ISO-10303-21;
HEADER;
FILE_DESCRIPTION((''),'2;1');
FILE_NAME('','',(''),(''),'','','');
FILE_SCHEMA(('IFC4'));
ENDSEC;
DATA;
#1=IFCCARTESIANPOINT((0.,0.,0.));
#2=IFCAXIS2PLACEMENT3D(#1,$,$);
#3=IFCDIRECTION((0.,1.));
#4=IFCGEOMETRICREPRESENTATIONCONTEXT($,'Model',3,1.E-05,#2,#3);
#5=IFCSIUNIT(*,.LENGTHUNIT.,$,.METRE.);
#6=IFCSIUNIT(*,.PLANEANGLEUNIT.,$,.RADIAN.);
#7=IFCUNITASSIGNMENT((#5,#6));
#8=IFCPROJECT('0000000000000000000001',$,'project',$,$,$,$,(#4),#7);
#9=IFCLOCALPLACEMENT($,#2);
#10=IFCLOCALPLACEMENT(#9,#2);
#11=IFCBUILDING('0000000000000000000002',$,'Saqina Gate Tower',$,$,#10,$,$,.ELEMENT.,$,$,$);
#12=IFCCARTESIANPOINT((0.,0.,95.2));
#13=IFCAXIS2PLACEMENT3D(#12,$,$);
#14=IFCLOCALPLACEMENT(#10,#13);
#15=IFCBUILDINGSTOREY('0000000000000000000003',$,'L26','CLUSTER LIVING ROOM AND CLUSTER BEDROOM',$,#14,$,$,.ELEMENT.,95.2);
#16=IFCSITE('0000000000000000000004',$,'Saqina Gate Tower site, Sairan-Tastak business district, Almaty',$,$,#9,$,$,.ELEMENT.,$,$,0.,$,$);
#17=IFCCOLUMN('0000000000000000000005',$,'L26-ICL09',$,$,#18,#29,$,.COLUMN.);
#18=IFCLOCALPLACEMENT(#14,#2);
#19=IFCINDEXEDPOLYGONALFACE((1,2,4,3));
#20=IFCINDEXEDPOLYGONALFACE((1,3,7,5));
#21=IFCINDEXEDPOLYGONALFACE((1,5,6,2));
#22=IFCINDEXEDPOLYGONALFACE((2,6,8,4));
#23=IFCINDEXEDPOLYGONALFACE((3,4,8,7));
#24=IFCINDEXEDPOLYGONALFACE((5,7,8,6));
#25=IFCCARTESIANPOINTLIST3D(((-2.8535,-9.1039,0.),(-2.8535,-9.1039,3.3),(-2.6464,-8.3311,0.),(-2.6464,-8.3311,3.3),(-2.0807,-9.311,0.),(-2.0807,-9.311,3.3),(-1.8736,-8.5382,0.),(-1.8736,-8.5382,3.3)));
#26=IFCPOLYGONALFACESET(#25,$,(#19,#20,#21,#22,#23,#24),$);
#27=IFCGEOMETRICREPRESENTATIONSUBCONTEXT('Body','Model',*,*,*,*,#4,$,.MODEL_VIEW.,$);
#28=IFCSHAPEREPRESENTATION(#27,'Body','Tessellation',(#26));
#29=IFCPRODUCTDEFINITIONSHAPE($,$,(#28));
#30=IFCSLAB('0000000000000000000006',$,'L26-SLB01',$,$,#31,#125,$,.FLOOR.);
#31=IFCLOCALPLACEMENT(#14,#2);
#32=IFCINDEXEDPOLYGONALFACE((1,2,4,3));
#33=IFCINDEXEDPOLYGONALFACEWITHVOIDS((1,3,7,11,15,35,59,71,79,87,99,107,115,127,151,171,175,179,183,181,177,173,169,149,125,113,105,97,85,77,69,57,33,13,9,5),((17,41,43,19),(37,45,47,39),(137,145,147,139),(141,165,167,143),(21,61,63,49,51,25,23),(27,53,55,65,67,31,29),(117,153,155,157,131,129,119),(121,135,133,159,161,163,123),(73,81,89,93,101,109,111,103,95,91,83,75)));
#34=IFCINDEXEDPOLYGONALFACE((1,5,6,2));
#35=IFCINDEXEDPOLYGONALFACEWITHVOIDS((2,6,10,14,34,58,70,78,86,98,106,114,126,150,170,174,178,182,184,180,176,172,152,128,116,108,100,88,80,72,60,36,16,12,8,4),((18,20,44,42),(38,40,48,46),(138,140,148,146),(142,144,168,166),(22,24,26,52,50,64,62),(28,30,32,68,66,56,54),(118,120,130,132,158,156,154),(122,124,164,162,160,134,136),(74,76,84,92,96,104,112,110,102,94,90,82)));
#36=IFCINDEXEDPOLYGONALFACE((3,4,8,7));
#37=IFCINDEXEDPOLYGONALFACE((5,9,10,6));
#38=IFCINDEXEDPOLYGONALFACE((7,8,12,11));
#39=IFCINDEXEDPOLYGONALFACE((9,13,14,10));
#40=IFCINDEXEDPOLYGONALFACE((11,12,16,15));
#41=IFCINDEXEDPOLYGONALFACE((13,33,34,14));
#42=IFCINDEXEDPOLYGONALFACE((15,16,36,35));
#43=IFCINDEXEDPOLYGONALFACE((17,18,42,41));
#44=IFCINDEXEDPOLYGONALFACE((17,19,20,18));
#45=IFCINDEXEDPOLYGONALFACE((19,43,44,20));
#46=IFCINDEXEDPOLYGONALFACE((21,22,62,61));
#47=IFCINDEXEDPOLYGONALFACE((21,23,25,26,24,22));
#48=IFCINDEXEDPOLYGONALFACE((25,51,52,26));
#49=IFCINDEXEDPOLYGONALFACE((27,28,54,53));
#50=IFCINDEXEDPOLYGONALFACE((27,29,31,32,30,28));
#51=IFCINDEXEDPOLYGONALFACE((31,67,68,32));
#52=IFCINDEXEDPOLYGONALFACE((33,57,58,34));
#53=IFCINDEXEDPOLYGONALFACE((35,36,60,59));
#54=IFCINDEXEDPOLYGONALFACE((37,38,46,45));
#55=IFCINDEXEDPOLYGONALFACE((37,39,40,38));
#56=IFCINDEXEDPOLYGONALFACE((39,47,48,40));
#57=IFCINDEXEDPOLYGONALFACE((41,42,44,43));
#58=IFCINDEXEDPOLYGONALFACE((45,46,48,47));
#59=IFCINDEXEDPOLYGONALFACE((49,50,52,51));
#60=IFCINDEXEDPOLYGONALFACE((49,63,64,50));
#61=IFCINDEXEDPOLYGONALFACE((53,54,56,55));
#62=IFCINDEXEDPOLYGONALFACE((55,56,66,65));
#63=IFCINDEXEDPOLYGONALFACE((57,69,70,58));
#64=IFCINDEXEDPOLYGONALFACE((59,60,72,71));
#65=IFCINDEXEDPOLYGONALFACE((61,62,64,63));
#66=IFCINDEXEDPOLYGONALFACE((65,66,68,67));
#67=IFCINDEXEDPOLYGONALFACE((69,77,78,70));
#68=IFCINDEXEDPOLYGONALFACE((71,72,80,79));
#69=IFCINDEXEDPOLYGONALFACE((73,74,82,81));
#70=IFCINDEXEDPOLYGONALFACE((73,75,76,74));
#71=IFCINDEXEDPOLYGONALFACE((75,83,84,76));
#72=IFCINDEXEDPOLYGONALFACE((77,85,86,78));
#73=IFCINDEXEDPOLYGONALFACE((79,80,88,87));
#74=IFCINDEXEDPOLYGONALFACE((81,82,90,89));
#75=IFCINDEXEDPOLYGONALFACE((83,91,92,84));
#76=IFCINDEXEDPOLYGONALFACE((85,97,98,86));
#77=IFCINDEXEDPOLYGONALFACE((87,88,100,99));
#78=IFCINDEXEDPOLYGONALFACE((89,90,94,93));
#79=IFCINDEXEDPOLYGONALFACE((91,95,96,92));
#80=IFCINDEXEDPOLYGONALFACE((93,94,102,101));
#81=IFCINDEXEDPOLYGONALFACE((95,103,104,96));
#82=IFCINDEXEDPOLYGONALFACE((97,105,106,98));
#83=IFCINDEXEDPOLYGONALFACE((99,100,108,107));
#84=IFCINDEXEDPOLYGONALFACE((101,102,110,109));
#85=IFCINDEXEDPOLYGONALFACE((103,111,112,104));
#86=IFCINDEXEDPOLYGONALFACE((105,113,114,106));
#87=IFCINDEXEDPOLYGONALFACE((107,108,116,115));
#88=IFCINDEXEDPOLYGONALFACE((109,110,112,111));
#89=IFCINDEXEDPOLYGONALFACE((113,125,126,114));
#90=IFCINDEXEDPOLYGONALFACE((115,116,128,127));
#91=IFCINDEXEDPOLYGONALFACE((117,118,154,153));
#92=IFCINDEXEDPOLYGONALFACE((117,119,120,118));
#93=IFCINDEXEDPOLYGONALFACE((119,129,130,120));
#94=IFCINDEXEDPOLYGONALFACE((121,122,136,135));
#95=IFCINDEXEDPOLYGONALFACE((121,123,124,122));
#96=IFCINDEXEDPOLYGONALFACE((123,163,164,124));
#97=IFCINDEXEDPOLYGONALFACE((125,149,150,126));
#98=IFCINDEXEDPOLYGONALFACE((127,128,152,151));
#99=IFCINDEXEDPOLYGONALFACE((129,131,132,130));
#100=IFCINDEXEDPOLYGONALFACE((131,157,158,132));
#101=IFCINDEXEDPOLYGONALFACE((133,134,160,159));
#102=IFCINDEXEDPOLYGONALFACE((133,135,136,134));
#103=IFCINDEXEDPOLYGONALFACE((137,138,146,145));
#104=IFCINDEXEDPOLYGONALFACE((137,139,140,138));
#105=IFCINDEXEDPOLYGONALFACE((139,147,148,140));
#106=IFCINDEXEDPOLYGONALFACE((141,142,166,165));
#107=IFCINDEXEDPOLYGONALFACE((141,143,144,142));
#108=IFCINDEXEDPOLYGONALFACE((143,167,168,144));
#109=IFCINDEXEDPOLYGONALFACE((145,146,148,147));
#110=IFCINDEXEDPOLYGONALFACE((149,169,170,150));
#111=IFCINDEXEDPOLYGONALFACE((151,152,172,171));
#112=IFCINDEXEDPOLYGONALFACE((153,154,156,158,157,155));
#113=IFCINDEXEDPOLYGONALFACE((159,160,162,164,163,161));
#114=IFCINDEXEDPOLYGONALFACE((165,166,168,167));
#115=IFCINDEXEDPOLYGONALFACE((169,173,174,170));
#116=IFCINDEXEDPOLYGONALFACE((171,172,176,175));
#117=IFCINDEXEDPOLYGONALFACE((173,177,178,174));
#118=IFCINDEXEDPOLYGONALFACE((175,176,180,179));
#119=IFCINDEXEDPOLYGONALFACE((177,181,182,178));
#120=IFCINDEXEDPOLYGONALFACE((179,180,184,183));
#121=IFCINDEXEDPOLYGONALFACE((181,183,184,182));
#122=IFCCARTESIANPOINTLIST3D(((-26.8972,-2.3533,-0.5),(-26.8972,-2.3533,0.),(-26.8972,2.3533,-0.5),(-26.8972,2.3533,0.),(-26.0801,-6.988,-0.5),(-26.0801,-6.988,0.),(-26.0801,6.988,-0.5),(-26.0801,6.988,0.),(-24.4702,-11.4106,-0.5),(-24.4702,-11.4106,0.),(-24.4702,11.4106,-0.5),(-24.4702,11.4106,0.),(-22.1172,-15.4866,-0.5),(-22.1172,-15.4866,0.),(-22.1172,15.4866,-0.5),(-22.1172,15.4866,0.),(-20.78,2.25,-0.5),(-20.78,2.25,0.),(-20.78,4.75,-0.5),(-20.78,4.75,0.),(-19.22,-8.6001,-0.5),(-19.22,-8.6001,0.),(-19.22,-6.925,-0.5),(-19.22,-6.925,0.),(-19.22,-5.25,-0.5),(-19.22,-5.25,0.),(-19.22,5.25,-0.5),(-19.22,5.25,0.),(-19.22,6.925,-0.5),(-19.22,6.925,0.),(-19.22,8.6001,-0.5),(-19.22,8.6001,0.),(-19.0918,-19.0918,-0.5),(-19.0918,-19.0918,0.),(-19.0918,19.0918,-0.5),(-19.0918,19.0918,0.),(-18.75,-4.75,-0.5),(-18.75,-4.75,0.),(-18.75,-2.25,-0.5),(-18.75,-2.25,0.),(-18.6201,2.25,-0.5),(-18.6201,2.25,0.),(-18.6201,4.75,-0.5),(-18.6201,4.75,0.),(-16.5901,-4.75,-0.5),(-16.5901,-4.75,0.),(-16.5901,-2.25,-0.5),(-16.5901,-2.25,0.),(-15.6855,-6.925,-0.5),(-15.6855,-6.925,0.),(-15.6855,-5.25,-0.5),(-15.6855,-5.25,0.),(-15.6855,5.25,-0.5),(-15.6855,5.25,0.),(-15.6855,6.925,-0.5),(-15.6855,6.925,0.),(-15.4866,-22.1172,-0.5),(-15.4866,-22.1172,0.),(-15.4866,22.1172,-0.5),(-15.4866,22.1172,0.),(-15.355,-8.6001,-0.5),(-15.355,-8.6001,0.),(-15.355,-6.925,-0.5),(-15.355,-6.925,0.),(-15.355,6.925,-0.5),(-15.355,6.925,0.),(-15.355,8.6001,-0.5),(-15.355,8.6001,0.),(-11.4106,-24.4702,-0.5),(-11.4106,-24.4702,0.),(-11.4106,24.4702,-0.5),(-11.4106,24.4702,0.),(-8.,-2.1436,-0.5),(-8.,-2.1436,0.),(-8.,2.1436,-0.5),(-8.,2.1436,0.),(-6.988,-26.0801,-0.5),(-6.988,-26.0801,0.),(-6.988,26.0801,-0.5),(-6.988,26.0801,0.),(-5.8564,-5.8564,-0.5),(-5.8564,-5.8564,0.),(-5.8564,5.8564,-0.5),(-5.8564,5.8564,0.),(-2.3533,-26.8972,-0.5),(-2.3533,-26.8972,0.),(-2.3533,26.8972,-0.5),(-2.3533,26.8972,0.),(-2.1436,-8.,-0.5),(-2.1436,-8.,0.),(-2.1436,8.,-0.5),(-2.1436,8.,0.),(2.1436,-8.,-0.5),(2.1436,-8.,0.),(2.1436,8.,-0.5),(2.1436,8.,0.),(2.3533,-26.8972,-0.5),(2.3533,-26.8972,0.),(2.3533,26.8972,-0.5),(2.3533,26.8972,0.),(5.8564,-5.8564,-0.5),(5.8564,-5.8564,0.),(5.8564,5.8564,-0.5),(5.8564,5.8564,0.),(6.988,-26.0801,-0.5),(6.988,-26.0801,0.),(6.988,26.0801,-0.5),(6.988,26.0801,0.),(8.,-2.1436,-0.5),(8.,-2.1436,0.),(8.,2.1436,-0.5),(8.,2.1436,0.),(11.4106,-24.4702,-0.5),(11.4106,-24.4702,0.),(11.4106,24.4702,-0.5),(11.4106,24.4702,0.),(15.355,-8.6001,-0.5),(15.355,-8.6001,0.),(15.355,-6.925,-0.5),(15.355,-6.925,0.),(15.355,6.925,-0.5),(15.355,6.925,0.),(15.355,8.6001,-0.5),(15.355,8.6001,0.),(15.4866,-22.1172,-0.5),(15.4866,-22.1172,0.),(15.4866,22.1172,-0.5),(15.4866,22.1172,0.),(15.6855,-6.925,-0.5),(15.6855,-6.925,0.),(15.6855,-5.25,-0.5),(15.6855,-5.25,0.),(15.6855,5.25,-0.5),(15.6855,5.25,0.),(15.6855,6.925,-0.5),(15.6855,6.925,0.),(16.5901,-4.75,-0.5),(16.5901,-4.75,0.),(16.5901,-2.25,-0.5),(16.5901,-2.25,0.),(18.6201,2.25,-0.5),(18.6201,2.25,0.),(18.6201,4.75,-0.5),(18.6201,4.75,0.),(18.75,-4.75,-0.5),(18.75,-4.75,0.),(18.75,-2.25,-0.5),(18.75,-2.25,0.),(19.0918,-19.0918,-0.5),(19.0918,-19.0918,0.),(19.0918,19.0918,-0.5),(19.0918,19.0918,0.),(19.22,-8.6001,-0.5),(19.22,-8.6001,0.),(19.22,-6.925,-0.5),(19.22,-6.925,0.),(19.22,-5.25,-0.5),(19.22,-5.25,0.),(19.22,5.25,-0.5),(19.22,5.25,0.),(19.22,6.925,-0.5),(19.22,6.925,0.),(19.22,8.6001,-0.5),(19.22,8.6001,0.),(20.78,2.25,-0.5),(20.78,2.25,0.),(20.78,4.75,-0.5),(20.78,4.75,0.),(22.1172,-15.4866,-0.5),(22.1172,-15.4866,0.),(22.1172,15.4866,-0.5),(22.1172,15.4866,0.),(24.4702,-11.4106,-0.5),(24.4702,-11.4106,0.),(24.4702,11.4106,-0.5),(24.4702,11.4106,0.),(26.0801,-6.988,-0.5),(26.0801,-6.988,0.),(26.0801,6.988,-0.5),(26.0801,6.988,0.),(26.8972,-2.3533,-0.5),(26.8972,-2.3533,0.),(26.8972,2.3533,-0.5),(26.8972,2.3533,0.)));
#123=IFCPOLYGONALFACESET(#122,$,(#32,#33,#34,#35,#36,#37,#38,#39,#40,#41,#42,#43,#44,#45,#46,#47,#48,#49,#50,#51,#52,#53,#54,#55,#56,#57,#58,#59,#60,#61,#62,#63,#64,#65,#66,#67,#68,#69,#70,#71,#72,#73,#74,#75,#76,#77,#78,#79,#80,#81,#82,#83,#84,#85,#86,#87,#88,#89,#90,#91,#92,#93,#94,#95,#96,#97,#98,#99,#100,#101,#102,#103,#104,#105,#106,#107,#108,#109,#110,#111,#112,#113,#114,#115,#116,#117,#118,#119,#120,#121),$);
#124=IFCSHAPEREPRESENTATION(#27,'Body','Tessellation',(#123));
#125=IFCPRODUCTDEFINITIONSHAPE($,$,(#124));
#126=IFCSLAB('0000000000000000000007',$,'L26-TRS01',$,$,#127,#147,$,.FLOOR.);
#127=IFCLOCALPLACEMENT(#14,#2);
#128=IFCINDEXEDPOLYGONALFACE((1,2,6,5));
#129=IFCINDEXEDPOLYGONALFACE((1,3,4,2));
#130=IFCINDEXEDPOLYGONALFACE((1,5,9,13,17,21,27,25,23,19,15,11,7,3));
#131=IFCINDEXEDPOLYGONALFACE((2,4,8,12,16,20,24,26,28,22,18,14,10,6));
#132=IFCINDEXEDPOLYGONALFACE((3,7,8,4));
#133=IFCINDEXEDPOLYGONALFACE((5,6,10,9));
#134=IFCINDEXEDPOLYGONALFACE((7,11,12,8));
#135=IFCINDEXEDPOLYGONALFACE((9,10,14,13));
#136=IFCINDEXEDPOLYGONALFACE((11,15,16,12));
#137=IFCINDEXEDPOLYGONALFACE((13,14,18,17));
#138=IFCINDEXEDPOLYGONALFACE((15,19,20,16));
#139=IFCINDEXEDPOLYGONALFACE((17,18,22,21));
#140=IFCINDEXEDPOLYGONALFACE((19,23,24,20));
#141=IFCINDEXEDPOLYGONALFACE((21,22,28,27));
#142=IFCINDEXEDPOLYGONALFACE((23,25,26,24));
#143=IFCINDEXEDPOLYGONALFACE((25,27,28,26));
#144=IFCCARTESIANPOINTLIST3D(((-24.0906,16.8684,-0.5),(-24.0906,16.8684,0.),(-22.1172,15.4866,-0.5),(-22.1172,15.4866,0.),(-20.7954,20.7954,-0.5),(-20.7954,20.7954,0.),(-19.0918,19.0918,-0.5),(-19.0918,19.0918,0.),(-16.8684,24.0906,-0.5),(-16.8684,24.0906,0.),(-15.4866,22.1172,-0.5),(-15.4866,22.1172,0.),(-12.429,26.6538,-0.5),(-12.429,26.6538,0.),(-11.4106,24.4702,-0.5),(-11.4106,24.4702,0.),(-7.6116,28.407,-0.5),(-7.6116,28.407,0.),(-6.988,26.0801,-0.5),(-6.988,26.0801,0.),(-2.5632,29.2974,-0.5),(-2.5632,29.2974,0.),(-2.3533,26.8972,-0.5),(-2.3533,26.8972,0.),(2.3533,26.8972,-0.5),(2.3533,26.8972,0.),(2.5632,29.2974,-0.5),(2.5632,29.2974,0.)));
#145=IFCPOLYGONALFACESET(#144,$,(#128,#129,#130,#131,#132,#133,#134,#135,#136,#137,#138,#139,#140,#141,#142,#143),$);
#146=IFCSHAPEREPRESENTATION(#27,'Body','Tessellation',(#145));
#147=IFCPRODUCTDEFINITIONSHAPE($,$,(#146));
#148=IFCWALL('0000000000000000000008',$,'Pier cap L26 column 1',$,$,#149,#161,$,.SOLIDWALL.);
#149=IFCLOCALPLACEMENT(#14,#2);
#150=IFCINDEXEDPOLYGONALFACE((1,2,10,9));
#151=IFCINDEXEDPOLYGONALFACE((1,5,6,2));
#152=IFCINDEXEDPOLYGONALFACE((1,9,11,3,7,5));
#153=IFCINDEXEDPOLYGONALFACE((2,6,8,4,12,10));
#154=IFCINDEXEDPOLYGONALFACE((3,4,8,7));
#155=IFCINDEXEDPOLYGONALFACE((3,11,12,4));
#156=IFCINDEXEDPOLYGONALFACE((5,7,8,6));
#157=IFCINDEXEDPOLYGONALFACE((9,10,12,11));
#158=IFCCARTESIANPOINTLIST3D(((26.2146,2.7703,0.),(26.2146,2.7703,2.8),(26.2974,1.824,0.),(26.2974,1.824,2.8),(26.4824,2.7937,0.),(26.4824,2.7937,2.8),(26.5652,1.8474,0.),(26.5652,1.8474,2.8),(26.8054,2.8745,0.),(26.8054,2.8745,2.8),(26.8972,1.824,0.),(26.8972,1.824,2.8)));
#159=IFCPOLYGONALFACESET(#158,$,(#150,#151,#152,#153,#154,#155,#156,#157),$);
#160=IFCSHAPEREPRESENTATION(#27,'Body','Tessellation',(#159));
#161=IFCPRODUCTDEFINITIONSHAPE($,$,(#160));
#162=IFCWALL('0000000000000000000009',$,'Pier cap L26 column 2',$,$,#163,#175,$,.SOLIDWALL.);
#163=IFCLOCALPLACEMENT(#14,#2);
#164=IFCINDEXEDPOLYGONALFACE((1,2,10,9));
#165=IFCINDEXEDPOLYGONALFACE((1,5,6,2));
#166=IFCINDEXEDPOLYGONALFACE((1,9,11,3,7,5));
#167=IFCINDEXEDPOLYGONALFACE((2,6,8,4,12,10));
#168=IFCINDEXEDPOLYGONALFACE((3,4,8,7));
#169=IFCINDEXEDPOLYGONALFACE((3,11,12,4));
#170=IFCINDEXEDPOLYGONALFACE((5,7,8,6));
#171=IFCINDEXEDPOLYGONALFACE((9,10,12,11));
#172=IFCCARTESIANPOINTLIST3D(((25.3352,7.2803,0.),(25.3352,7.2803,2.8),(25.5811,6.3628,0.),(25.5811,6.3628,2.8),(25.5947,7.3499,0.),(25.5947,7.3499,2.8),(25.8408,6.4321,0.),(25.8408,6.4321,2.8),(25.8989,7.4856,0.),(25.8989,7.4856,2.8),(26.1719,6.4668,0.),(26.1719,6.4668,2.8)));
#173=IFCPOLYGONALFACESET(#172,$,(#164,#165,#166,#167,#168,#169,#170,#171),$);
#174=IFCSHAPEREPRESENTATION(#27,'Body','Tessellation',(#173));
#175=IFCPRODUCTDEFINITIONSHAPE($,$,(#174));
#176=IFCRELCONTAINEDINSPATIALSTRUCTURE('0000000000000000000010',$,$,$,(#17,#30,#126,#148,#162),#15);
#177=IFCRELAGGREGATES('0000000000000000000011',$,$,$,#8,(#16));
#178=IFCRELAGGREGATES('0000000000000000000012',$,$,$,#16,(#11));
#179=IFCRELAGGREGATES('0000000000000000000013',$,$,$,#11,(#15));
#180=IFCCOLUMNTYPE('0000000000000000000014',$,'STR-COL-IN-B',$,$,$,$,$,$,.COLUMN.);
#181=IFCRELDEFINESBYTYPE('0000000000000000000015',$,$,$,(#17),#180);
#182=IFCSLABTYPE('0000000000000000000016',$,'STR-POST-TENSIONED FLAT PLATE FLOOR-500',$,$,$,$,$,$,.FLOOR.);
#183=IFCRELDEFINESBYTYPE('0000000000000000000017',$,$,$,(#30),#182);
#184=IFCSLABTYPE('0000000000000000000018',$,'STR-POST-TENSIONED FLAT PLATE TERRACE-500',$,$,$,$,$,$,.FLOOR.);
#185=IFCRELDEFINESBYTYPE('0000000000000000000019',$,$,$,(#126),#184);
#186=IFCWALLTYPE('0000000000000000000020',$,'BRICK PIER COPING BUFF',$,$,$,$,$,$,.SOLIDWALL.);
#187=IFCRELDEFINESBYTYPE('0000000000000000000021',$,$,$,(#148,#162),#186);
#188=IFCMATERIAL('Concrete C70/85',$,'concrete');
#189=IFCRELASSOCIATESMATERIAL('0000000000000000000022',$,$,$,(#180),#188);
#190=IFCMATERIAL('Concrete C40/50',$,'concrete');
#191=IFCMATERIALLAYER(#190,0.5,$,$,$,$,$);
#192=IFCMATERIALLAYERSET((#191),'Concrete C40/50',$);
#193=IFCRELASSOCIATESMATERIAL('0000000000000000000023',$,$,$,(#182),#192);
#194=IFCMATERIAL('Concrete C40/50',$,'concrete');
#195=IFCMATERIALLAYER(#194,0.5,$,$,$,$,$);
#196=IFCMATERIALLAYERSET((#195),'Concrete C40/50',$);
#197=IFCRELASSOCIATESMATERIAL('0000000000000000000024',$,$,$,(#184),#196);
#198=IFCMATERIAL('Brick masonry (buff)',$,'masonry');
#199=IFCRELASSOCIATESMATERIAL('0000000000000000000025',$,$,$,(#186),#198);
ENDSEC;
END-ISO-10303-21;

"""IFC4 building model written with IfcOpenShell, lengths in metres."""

from ifc_helpers import new_model, si_unit, direction, frame, origin, origin_2d, place, context, subcontext, project, spatial, polyline, rectangle, outline, extrude, material, layer, layer_set, material_profile, profile_set, type_object, element, save


model = new_model("IFC4")

# Units and contexts
model_context = context("Model", 3, precision=1e-05, world=origin(), true_north=direction((0.0, 1.0)))
body_context = subcontext(model_context, "Body", "Model", "MODEL_VIEW")
ifc_project = project(units=[si_unit("LENGTHUNIT", "METRE"), si_unit("PLANEANGLEUNIT", "RADIAN")], contexts=[model_context])

# Site, building, storey
site_placement = place(None, origin())
site = spatial("IfcSite", under=ifc_project, at=site_placement, Name="Saqina Gate Tower site, Sairan-Tastak business district, Almaty", CompositionType="ELEMENT", RefElevation=0.0)
building_placement = place(site_placement, origin())
building = spatial("IfcBuilding", under=site, at=building_placement, Name="Saqina Gate Tower", CompositionType="ELEMENT")
storey_placement = place(building_placement, frame((0.0, 0.0, 95.2)))
storey = spatial("IfcBuildingStorey", under=building, at=storey_placement, Name="L26", Description="CLUSTER LIVING ROOM AND CLUSTER BEDROOM", CompositionType="ELEMENT", Elevation=95.2)

# Column
ifc_material_1 = material(Name="Concrete C70/85", Category="concrete")
ifc_material_profile = material_profile(ifc_material_1, rectangle(XDim=0.8, YDim=0.8, at=origin_2d()), Name="RC 800x800")
ifc_profile_set = profile_set([ifc_material_profile], Name="Concrete C70/85")
column_type = type_object("IfcColumnType", Name="STR-COL-IN-B", PredefinedType="COLUMN", material=ifc_profile_set)
column_placement = place(storey_placement, frame((-2.3635, -8.821, 0.0), z_axis=(0.0, 0.0, 1.0), x_axis=(-0.258819, -0.965926, 0.0)))
element("IfcColumn", 1, at=column_placement, inside=storey, type_object=column_type, Name="L26-ICL09", PredefinedType="COLUMN", context=body_context, shape_type="SweptSolid", body=[
    extrude(rectangle(XDim=0.8, YDim=0.8, at=origin_2d()), origin(), (0.0, 0.0, 1.0), 3.3),
])

# Slabs
ifc_material_2 = material(Name="Concrete C40/50", Category="concrete")
ifc_layer_1 = layer(ifc_material_2, 0.5)
ifc_layer_set_1 = layer_set([ifc_layer_1], Name="Concrete C40/50")
slab_type_1 = type_object("IfcSlabType", Name="STR-POST-TENSIONED FLAT PLATE FLOOR-500", PredefinedType="FLOOR", material=ifc_layer_set_1)
slab_1_placement = place(storey_placement, frame((0.0, 0.0, -0.5)))
element("IfcSlab", 2, at=slab_1_placement, inside=storey, type_object=slab_type_1, Name="L26-SLB01", PredefinedType="FLOOR", context=body_context, shape_type="SweptSolid", body=[
    extrude(outline(polyline([(26.0801, -6.988), (26.8972, -2.3533), (26.8972, 2.3533), (26.0801, 6.988), (24.4702, 11.4106), (22.1172, 15.4866), (19.0918, 19.0918), (15.4866, 22.1172), (11.4106, 24.4702), (6.988, 26.0801), (2.3533, 26.8972), (-2.3533, 26.8972), (-6.988, 26.0801), (-11.4106, 24.4702), (-15.4866, 22.1172), (-19.0918, 19.0918), (-22.1172, 15.4866), (-24.4702, 11.4106), (-26.0801, 6.988), (-26.8972, 2.3533), (-26.8972, -2.3533), (-26.0801, -6.988), (-24.4702, -11.4106), (-22.1172, -15.4866), (-19.0918, -19.0918), (-15.4866, -22.1172), (-11.4106, -24.4702), (-6.988, -26.0801), (-2.3533, -26.8972), (2.3533, -26.8972), (6.988, -26.0801), (11.4106, -24.4702), (15.4866, -22.1172), (19.0918, -19.0918), (22.1172, -15.4866), (24.4702, -11.4106), (26.0801, -6.988)]), holes=[polyline([(2.1436, 8.0), (5.8564, 5.8564), (8.0, 2.1436), (8.0, -2.1436), (5.8564, -5.8564), (2.1436, -8.0), (-2.1436, -8.0), (-5.8564, -5.8564), (-8.0, -2.1436), (-8.0, 2.1436), (-5.8564, 5.8564), (-2.1436, 8.0), (2.1436, 8.0)]), polyline([(-15.355, -8.6001), (-19.22, -8.6001), (-19.22, -6.925), (-19.22, -5.25), (-15.6855, -5.25), (-15.6855, -6.925), (-15.355, -6.925), (-15.355, -8.6001)]), polyline([(-16.5901, -2.25), (-16.5901, -4.75), (-18.75, -4.75), (-18.75, -2.25), (-16.5901, -2.25)]), polyline([(-20.78, 4.75), (-18.6201, 4.75), (-18.6201, 2.25), (-20.78, 2.25), (-20.78, 4.75)]), polyline([(-19.22, 6.925), (-19.22, 8.6001), (-15.355, 8.6001), (-15.355, 6.925), (-15.6855, 6.925), (-15.6855, 5.25), (-19.22, 5.25), (-19.22, 6.925)]), polyline([(15.355, -8.6001), (15.355, -6.925), (15.6855, -6.925), (15.6855, -5.25), (19.22, -5.25), (19.22, -6.925), (19.22, -8.6001), (15.355, -8.6001)]), polyline([(18.75, -2.25), (18.75, -4.75), (16.5901, -4.75), (16.5901, -2.25), (18.75, -2.25)]), polyline([(18.6201, 4.75), (20.78, 4.75), (20.78, 2.25), (18.6201, 2.25), (18.6201, 4.75)]), polyline([(15.6855, 6.925), (15.355, 6.925), (15.355, 8.6001), (19.22, 8.6001), (19.22, 6.925), (19.22, 5.25), (15.6855, 5.25), (15.6855, 6.925)])]), origin(), (0.0, 0.0, 1.0), 0.5),
])
ifc_material_3 = material(Name="Concrete C40/50", Category="concrete")
ifc_layer_2 = layer(ifc_material_3, 0.5)
ifc_layer_set_2 = layer_set([ifc_layer_2], Name="Concrete C40/50")
slab_type_2 = type_object("IfcSlabType", Name="STR-POST-TENSIONED FLAT PLATE TERRACE-500", PredefinedType="FLOOR", material=ifc_layer_set_2)
slab_2_placement = place(storey_placement, frame((0.0, 0.0, -0.5)))
element("IfcSlab", 3, at=slab_2_placement, inside=storey, type_object=slab_type_2, Name="L26-TRS01", PredefinedType="FLOOR", context=body_context, shape_type="SweptSolid", body=[
    extrude(outline(polyline([(2.3533, 26.8972), (-2.3533, 26.8972), (-6.988, 26.0801), (-11.4106, 24.4702), (-15.4866, 22.1172), (-19.0918, 19.0918), (-22.1172, 15.4866), (-24.0906, 16.8684), (-20.7954, 20.7954), (-16.8684, 24.0906), (-12.429, 26.6538), (-7.6116, 28.407), (-2.5632, 29.2974), (2.5632, 29.2974), (2.3533, 26.8972)])), origin(), (0.0, 0.0, 1.0), 0.5),
])

# Walls
ifc_material_4 = material(Name="Brick masonry (buff)", Category="masonry")
wall_type_1 = type_object("IfcWallType", Name="BRICK PIER COPING BUFF", PredefinedType="SOLIDWALL", material=ifc_material_4)
wall_1_placement = place(storey_placement, origin())
element("IfcWall", 4, at=wall_1_placement, inside=storey, type_object=wall_type_1, Name="Pier cap L26 column 1", PredefinedType="SOLIDWALL", context=body_context, shape_type="SweptSolid", body=[
    extrude(outline(polyline([(26.8054, 2.8745), (26.2146, 2.7703), (26.4824, 2.7937), (26.5652, 1.8474), (26.2974, 1.824), (26.8972, 1.824), (26.8054, 2.8745)])), origin(), (0.0, 0.0, 1.0), 2.8),
])
wall_2_placement = place(storey_placement, origin())
element("IfcWall", 5, at=wall_2_placement, inside=storey, type_object=wall_type_1, Name="Pier cap L26 column 2", PredefinedType="SOLIDWALL", context=body_context, shape_type="SweptSolid", body=[
    extrude(outline(polyline([(26.1719, 6.4668), (25.8989, 7.4856), (25.3352, 7.2803), (25.5947, 7.3499), (25.8408, 6.4321), (25.5811, 6.3628), (26.1719, 6.4668)])), origin(), (0.0, 0.0, 1.0), 2.8),
])

save(model, "model.ifc")
